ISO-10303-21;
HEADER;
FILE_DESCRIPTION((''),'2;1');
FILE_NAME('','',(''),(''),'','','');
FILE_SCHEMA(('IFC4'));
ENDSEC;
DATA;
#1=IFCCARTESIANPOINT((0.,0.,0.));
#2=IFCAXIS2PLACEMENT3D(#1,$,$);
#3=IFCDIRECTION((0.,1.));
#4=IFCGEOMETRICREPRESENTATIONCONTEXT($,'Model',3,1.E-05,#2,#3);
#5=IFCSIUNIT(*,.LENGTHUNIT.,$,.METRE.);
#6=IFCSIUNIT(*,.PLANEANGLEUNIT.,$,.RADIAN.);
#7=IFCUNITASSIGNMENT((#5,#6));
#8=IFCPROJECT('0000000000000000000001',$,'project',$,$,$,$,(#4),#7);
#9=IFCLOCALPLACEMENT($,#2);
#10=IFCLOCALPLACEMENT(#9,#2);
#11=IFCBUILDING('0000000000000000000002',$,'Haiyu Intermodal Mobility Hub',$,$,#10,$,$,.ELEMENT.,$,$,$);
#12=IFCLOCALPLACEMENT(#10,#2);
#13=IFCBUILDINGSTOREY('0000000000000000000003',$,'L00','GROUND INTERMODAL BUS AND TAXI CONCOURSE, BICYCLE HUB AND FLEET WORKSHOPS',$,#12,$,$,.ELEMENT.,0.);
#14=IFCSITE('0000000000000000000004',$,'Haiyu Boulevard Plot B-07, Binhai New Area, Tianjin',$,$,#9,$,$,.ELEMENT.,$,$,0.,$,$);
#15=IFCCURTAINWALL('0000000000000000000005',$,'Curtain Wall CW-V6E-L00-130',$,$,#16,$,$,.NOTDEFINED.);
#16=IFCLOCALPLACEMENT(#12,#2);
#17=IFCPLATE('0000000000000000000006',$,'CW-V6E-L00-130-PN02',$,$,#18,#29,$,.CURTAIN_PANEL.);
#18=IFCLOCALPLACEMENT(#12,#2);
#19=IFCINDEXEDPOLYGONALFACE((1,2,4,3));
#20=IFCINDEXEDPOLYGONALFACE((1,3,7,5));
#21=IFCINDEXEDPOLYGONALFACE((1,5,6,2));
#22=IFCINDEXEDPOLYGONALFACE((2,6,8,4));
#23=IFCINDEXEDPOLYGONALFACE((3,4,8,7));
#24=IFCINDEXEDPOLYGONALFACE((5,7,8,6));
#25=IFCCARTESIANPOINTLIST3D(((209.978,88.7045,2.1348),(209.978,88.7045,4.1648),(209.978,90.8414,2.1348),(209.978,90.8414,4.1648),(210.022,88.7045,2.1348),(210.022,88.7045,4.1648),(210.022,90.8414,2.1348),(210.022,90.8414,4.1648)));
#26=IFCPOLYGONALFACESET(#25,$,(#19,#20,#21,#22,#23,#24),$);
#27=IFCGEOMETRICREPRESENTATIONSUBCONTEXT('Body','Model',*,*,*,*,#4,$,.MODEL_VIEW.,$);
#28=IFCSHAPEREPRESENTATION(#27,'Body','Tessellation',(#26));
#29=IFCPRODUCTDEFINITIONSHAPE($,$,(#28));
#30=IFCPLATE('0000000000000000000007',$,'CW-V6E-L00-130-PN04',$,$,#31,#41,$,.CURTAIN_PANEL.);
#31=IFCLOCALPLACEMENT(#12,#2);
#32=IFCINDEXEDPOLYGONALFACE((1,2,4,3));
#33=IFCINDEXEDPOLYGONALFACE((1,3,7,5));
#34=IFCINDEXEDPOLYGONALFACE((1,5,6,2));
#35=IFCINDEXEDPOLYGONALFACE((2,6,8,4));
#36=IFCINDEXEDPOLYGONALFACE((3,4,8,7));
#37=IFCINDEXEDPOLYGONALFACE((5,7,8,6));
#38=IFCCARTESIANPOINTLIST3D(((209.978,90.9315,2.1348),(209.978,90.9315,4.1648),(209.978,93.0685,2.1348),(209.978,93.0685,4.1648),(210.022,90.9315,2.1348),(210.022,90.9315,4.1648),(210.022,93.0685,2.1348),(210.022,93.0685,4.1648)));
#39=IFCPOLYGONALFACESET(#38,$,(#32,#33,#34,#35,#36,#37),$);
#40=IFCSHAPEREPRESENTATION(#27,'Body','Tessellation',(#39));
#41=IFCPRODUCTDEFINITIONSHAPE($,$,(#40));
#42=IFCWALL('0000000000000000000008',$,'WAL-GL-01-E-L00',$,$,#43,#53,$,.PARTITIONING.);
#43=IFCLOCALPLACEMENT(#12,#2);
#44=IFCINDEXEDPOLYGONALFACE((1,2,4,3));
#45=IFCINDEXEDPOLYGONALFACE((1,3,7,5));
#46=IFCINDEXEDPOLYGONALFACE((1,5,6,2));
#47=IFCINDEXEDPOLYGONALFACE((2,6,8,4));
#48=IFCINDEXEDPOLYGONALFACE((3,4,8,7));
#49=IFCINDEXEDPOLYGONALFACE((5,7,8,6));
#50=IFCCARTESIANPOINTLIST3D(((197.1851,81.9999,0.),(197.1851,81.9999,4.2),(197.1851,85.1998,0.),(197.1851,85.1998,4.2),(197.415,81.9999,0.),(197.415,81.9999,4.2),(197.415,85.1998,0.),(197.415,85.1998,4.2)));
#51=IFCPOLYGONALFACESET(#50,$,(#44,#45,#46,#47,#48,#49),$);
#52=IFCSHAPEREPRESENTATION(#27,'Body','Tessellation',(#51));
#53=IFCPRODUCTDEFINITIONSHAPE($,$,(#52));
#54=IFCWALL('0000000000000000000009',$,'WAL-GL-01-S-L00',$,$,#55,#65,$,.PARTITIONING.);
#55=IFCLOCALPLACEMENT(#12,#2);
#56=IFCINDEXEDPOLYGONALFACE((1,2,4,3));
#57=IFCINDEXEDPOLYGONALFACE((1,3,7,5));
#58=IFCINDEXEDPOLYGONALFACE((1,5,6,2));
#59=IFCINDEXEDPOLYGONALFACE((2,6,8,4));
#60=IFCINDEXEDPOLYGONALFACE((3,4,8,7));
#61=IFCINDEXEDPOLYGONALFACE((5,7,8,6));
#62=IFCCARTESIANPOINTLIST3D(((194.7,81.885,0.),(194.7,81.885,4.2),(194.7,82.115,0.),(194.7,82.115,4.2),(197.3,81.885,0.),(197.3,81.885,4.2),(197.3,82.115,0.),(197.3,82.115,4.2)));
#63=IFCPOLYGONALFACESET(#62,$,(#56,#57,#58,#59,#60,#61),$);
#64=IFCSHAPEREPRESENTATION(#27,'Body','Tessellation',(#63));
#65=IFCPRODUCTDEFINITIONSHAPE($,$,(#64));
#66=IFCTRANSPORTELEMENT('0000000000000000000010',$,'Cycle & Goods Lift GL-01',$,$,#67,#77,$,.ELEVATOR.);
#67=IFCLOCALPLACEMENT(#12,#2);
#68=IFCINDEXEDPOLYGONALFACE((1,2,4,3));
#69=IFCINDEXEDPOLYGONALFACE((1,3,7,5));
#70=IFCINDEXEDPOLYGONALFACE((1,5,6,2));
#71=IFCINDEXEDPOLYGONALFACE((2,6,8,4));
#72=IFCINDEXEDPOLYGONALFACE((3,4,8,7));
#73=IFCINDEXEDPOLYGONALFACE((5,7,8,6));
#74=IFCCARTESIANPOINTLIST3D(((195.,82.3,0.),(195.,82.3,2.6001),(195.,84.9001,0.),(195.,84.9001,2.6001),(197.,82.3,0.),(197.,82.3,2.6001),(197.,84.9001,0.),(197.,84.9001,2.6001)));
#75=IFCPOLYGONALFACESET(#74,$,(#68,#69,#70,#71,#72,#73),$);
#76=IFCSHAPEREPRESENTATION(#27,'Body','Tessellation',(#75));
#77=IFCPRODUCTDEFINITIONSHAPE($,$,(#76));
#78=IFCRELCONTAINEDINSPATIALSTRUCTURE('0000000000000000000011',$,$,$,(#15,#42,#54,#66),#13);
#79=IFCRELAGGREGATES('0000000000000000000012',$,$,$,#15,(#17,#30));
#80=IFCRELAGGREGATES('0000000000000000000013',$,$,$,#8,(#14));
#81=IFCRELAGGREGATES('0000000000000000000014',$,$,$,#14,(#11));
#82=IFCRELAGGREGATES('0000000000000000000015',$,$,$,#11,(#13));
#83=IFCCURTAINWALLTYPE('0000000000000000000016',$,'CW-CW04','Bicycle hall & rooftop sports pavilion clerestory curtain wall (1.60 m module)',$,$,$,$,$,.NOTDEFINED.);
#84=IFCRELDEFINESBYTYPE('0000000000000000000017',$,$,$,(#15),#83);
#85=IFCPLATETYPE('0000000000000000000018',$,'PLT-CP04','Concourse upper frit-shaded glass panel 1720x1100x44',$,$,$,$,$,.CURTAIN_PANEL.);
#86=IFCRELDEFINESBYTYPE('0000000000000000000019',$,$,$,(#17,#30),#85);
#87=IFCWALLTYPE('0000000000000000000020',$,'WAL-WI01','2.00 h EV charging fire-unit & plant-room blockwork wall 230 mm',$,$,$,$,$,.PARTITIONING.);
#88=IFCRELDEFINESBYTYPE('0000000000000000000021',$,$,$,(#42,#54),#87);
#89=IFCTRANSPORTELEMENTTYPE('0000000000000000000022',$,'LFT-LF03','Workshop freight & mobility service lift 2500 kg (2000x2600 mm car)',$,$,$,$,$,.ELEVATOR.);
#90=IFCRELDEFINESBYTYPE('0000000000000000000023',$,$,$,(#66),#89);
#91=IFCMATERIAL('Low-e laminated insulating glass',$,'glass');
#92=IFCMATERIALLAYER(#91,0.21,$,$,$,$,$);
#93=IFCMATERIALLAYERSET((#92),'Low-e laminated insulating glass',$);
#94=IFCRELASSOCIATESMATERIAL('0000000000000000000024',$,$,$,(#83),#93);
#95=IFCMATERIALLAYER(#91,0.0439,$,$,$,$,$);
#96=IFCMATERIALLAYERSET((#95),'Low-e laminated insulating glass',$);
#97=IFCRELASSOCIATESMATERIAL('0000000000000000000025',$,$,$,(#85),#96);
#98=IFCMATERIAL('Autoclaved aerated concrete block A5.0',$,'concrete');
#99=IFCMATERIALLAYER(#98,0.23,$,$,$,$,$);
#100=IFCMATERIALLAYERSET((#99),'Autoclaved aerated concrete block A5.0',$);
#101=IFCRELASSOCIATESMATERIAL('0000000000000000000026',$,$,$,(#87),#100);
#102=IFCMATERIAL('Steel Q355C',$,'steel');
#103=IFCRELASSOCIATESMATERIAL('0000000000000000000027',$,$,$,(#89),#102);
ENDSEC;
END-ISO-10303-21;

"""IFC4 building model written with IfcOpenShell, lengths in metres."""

from ifc_helpers import new_model, si_unit, direction, frame, frame_2d, origin, origin_2d, place, context, subcontext, project, spatial, rectangle, extrude, material, layer, layer_set, type_object, element, aggregate, save


model = new_model("IFC4")

# Units and contexts
model_context = context("Model", 3, precision=1e-05, world=origin(), true_north=direction((0.0, 1.0)))
body_context = subcontext(model_context, "Body", "Model", "MODEL_VIEW")
ifc_project = project(units=[si_unit("LENGTHUNIT", "METRE"), si_unit("PLANEANGLEUNIT", "RADIAN")], contexts=[model_context])

# Site, building, storey
site_placement = place(None, origin())
site = spatial("IfcSite", under=ifc_project, at=site_placement, Name="Haiyu Boulevard Plot B-07, Binhai New Area, Tianjin", CompositionType="ELEMENT", RefElevation=0.0)
building_placement = place(site_placement, origin())
building = spatial("IfcBuilding", under=site, at=building_placement, Name="Haiyu Intermodal Mobility Hub", CompositionType="ELEMENT")
storey_placement = place(building_placement, origin())
storey = spatial("IfcBuildingStorey", under=building, at=storey_placement, Name="L00", Description="GROUND INTERMODAL BUS AND TAXI CONCOURSE, BICYCLE HUB AND FLEET WORKSHOPS", CompositionType="ELEMENT", Elevation=0.0)

# Curtain wall, plates
ifc_material_1 = material(Name="Low-e laminated insulating glass", Category="glass")
ifc_layer_1 = layer(ifc_material_1, 0.21)
ifc_layer_set_1 = layer_set([ifc_layer_1], Name="Low-e laminated insulating glass")
curtain_wall_type = type_object("IfcCurtainWallType", Name="CW-CW04", Description="Bicycle hall & rooftop sports pavilion clerestory curtain wall (1.60 m module)", PredefinedType="NOTDEFINED", material=ifc_layer_set_1)
curtain_wall_placement = place(storey_placement, origin())
curtain_wall = element("IfcCurtainWall", 1, at=curtain_wall_placement, inside=storey, type_object=curtain_wall_type, Name="Curtain Wall CW-V6E-L00-130", PredefinedType="NOTDEFINED")
ifc_layer_2 = layer(ifc_material_1, 0.0439)
ifc_layer_set_2 = layer_set([ifc_layer_2], Name="Low-e laminated insulating glass")
plate_type_1 = type_object("IfcPlateType", Name="PLT-CP04", Description="Concourse upper frit-shaded glass panel 1720x1100x44", PredefinedType="CURTAIN_PANEL", material=ifc_layer_set_2)
plate_1_placement = place(storey_placement, frame((210.0, 89.7729, 2.1348), z_axis=(0.0, 0.0, 1.0), x_axis=(0.0, 1.0, 0.0)))
plate_1 = element("IfcPlate", 2, at=plate_1_placement, type_object=plate_type_1, Name="CW-V6E-L00-130-PN02", PredefinedType="CURTAIN_PANEL", context=body_context, shape_type="SweptSolid", body=[
    extrude(rectangle(XDim=2.137, YDim=0.0439, at=origin_2d()), origin(), (0.0, 0.0, 1.0), 2.03),
])
plate_2_placement = place(storey_placement, frame((210.0, 92.0, 2.1348), z_axis=(0.0, 0.0, 1.0), x_axis=(0.0, 1.0, 0.0)))
plate_2 = element("IfcPlate", 3, at=plate_2_placement, type_object=plate_type_1, Name="CW-V6E-L00-130-PN04", PredefinedType="CURTAIN_PANEL", context=body_context, shape_type="SweptSolid", body=[
    extrude(rectangle(XDim=2.137, YDim=0.0439, at=origin_2d()), origin(), (0.0, 0.0, 1.0), 2.03),
])
aggregate(curtain_wall, [plate_1, plate_2])

# Walls
ifc_material_2 = material(Name="Autoclaved aerated concrete block A5.0", Category="concrete")
ifc_layer_3 = layer(ifc_material_2, 0.23)
ifc_layer_set_3 = layer_set([ifc_layer_3], Name="Autoclaved aerated concrete block A5.0")
wall_type = type_object("IfcWallType", Name="WAL-WI01", Description="2.00 h EV charging fire-unit & plant-room blockwork wall 230 mm", PredefinedType="PARTITIONING", material=ifc_layer_set_3)
wall_1_placement = place(storey_placement, frame((197.3, 85.2, 0.0), z_axis=(0.0, 0.0, 1.0), x_axis=(0.0, -1.0, 0.0)))
element("IfcWall", 4, at=wall_1_placement, inside=storey, type_object=wall_type, Name="WAL-GL-01-E-L00", PredefinedType="PARTITIONING", context=body_context, shape_type="SweptSolid", body=[
    extrude(rectangle(XDim=3.2, YDim=0.23, at=frame_2d((1.6001, 0.0))), origin(), (0.0, 0.0, 1.0), 4.2),
])
wall_2_placement = place(storey_placement, frame((197.3, 82.0, 0.0), z_axis=(0.0, 0.0, 1.0), x_axis=(-1.0, 0.0, 0.0)))
element("IfcWall", 5, at=wall_2_placement, inside=storey, type_object=wall_type, Name="WAL-GL-01-S-L00", PredefinedType="PARTITIONING", context=body_context, shape_type="SweptSolid", body=[
    extrude(rectangle(XDim=2.6001, YDim=0.23, at=frame_2d((1.3, 0.0))), origin(), (0.0, 0.0, 1.0), 4.2),
])

# Transport element
ifc_material_3 = material(Name="Steel Q355C", Category="steel")
transport_element_type = type_object("IfcTransportElementType", Name="LFT-LF03", Description="Workshop freight & mobility service lift 2500 kg (2000x2600 mm car)", PredefinedType="ELEVATOR", material=ifc_material_3)
transport_element_placement = place(storey_placement, frame((196.0, 83.6001, 0.0), z_axis=(0.0, 0.0, 1.0), x_axis=(1.0, 0.0, 0.0)))
element("IfcTransportElement", 6, at=transport_element_placement, inside=storey, type_object=transport_element_type, Name="Cycle & Goods Lift GL-01", PredefinedType="ELEVATOR", context=body_context, shape_type="SweptSolid", body=[
    extrude(rectangle(XDim=2.0, YDim=2.6001, at=origin_2d()), origin(), (0.0, 0.0, 1.0), 2.6001),
])

save(model, "model.ifc")
